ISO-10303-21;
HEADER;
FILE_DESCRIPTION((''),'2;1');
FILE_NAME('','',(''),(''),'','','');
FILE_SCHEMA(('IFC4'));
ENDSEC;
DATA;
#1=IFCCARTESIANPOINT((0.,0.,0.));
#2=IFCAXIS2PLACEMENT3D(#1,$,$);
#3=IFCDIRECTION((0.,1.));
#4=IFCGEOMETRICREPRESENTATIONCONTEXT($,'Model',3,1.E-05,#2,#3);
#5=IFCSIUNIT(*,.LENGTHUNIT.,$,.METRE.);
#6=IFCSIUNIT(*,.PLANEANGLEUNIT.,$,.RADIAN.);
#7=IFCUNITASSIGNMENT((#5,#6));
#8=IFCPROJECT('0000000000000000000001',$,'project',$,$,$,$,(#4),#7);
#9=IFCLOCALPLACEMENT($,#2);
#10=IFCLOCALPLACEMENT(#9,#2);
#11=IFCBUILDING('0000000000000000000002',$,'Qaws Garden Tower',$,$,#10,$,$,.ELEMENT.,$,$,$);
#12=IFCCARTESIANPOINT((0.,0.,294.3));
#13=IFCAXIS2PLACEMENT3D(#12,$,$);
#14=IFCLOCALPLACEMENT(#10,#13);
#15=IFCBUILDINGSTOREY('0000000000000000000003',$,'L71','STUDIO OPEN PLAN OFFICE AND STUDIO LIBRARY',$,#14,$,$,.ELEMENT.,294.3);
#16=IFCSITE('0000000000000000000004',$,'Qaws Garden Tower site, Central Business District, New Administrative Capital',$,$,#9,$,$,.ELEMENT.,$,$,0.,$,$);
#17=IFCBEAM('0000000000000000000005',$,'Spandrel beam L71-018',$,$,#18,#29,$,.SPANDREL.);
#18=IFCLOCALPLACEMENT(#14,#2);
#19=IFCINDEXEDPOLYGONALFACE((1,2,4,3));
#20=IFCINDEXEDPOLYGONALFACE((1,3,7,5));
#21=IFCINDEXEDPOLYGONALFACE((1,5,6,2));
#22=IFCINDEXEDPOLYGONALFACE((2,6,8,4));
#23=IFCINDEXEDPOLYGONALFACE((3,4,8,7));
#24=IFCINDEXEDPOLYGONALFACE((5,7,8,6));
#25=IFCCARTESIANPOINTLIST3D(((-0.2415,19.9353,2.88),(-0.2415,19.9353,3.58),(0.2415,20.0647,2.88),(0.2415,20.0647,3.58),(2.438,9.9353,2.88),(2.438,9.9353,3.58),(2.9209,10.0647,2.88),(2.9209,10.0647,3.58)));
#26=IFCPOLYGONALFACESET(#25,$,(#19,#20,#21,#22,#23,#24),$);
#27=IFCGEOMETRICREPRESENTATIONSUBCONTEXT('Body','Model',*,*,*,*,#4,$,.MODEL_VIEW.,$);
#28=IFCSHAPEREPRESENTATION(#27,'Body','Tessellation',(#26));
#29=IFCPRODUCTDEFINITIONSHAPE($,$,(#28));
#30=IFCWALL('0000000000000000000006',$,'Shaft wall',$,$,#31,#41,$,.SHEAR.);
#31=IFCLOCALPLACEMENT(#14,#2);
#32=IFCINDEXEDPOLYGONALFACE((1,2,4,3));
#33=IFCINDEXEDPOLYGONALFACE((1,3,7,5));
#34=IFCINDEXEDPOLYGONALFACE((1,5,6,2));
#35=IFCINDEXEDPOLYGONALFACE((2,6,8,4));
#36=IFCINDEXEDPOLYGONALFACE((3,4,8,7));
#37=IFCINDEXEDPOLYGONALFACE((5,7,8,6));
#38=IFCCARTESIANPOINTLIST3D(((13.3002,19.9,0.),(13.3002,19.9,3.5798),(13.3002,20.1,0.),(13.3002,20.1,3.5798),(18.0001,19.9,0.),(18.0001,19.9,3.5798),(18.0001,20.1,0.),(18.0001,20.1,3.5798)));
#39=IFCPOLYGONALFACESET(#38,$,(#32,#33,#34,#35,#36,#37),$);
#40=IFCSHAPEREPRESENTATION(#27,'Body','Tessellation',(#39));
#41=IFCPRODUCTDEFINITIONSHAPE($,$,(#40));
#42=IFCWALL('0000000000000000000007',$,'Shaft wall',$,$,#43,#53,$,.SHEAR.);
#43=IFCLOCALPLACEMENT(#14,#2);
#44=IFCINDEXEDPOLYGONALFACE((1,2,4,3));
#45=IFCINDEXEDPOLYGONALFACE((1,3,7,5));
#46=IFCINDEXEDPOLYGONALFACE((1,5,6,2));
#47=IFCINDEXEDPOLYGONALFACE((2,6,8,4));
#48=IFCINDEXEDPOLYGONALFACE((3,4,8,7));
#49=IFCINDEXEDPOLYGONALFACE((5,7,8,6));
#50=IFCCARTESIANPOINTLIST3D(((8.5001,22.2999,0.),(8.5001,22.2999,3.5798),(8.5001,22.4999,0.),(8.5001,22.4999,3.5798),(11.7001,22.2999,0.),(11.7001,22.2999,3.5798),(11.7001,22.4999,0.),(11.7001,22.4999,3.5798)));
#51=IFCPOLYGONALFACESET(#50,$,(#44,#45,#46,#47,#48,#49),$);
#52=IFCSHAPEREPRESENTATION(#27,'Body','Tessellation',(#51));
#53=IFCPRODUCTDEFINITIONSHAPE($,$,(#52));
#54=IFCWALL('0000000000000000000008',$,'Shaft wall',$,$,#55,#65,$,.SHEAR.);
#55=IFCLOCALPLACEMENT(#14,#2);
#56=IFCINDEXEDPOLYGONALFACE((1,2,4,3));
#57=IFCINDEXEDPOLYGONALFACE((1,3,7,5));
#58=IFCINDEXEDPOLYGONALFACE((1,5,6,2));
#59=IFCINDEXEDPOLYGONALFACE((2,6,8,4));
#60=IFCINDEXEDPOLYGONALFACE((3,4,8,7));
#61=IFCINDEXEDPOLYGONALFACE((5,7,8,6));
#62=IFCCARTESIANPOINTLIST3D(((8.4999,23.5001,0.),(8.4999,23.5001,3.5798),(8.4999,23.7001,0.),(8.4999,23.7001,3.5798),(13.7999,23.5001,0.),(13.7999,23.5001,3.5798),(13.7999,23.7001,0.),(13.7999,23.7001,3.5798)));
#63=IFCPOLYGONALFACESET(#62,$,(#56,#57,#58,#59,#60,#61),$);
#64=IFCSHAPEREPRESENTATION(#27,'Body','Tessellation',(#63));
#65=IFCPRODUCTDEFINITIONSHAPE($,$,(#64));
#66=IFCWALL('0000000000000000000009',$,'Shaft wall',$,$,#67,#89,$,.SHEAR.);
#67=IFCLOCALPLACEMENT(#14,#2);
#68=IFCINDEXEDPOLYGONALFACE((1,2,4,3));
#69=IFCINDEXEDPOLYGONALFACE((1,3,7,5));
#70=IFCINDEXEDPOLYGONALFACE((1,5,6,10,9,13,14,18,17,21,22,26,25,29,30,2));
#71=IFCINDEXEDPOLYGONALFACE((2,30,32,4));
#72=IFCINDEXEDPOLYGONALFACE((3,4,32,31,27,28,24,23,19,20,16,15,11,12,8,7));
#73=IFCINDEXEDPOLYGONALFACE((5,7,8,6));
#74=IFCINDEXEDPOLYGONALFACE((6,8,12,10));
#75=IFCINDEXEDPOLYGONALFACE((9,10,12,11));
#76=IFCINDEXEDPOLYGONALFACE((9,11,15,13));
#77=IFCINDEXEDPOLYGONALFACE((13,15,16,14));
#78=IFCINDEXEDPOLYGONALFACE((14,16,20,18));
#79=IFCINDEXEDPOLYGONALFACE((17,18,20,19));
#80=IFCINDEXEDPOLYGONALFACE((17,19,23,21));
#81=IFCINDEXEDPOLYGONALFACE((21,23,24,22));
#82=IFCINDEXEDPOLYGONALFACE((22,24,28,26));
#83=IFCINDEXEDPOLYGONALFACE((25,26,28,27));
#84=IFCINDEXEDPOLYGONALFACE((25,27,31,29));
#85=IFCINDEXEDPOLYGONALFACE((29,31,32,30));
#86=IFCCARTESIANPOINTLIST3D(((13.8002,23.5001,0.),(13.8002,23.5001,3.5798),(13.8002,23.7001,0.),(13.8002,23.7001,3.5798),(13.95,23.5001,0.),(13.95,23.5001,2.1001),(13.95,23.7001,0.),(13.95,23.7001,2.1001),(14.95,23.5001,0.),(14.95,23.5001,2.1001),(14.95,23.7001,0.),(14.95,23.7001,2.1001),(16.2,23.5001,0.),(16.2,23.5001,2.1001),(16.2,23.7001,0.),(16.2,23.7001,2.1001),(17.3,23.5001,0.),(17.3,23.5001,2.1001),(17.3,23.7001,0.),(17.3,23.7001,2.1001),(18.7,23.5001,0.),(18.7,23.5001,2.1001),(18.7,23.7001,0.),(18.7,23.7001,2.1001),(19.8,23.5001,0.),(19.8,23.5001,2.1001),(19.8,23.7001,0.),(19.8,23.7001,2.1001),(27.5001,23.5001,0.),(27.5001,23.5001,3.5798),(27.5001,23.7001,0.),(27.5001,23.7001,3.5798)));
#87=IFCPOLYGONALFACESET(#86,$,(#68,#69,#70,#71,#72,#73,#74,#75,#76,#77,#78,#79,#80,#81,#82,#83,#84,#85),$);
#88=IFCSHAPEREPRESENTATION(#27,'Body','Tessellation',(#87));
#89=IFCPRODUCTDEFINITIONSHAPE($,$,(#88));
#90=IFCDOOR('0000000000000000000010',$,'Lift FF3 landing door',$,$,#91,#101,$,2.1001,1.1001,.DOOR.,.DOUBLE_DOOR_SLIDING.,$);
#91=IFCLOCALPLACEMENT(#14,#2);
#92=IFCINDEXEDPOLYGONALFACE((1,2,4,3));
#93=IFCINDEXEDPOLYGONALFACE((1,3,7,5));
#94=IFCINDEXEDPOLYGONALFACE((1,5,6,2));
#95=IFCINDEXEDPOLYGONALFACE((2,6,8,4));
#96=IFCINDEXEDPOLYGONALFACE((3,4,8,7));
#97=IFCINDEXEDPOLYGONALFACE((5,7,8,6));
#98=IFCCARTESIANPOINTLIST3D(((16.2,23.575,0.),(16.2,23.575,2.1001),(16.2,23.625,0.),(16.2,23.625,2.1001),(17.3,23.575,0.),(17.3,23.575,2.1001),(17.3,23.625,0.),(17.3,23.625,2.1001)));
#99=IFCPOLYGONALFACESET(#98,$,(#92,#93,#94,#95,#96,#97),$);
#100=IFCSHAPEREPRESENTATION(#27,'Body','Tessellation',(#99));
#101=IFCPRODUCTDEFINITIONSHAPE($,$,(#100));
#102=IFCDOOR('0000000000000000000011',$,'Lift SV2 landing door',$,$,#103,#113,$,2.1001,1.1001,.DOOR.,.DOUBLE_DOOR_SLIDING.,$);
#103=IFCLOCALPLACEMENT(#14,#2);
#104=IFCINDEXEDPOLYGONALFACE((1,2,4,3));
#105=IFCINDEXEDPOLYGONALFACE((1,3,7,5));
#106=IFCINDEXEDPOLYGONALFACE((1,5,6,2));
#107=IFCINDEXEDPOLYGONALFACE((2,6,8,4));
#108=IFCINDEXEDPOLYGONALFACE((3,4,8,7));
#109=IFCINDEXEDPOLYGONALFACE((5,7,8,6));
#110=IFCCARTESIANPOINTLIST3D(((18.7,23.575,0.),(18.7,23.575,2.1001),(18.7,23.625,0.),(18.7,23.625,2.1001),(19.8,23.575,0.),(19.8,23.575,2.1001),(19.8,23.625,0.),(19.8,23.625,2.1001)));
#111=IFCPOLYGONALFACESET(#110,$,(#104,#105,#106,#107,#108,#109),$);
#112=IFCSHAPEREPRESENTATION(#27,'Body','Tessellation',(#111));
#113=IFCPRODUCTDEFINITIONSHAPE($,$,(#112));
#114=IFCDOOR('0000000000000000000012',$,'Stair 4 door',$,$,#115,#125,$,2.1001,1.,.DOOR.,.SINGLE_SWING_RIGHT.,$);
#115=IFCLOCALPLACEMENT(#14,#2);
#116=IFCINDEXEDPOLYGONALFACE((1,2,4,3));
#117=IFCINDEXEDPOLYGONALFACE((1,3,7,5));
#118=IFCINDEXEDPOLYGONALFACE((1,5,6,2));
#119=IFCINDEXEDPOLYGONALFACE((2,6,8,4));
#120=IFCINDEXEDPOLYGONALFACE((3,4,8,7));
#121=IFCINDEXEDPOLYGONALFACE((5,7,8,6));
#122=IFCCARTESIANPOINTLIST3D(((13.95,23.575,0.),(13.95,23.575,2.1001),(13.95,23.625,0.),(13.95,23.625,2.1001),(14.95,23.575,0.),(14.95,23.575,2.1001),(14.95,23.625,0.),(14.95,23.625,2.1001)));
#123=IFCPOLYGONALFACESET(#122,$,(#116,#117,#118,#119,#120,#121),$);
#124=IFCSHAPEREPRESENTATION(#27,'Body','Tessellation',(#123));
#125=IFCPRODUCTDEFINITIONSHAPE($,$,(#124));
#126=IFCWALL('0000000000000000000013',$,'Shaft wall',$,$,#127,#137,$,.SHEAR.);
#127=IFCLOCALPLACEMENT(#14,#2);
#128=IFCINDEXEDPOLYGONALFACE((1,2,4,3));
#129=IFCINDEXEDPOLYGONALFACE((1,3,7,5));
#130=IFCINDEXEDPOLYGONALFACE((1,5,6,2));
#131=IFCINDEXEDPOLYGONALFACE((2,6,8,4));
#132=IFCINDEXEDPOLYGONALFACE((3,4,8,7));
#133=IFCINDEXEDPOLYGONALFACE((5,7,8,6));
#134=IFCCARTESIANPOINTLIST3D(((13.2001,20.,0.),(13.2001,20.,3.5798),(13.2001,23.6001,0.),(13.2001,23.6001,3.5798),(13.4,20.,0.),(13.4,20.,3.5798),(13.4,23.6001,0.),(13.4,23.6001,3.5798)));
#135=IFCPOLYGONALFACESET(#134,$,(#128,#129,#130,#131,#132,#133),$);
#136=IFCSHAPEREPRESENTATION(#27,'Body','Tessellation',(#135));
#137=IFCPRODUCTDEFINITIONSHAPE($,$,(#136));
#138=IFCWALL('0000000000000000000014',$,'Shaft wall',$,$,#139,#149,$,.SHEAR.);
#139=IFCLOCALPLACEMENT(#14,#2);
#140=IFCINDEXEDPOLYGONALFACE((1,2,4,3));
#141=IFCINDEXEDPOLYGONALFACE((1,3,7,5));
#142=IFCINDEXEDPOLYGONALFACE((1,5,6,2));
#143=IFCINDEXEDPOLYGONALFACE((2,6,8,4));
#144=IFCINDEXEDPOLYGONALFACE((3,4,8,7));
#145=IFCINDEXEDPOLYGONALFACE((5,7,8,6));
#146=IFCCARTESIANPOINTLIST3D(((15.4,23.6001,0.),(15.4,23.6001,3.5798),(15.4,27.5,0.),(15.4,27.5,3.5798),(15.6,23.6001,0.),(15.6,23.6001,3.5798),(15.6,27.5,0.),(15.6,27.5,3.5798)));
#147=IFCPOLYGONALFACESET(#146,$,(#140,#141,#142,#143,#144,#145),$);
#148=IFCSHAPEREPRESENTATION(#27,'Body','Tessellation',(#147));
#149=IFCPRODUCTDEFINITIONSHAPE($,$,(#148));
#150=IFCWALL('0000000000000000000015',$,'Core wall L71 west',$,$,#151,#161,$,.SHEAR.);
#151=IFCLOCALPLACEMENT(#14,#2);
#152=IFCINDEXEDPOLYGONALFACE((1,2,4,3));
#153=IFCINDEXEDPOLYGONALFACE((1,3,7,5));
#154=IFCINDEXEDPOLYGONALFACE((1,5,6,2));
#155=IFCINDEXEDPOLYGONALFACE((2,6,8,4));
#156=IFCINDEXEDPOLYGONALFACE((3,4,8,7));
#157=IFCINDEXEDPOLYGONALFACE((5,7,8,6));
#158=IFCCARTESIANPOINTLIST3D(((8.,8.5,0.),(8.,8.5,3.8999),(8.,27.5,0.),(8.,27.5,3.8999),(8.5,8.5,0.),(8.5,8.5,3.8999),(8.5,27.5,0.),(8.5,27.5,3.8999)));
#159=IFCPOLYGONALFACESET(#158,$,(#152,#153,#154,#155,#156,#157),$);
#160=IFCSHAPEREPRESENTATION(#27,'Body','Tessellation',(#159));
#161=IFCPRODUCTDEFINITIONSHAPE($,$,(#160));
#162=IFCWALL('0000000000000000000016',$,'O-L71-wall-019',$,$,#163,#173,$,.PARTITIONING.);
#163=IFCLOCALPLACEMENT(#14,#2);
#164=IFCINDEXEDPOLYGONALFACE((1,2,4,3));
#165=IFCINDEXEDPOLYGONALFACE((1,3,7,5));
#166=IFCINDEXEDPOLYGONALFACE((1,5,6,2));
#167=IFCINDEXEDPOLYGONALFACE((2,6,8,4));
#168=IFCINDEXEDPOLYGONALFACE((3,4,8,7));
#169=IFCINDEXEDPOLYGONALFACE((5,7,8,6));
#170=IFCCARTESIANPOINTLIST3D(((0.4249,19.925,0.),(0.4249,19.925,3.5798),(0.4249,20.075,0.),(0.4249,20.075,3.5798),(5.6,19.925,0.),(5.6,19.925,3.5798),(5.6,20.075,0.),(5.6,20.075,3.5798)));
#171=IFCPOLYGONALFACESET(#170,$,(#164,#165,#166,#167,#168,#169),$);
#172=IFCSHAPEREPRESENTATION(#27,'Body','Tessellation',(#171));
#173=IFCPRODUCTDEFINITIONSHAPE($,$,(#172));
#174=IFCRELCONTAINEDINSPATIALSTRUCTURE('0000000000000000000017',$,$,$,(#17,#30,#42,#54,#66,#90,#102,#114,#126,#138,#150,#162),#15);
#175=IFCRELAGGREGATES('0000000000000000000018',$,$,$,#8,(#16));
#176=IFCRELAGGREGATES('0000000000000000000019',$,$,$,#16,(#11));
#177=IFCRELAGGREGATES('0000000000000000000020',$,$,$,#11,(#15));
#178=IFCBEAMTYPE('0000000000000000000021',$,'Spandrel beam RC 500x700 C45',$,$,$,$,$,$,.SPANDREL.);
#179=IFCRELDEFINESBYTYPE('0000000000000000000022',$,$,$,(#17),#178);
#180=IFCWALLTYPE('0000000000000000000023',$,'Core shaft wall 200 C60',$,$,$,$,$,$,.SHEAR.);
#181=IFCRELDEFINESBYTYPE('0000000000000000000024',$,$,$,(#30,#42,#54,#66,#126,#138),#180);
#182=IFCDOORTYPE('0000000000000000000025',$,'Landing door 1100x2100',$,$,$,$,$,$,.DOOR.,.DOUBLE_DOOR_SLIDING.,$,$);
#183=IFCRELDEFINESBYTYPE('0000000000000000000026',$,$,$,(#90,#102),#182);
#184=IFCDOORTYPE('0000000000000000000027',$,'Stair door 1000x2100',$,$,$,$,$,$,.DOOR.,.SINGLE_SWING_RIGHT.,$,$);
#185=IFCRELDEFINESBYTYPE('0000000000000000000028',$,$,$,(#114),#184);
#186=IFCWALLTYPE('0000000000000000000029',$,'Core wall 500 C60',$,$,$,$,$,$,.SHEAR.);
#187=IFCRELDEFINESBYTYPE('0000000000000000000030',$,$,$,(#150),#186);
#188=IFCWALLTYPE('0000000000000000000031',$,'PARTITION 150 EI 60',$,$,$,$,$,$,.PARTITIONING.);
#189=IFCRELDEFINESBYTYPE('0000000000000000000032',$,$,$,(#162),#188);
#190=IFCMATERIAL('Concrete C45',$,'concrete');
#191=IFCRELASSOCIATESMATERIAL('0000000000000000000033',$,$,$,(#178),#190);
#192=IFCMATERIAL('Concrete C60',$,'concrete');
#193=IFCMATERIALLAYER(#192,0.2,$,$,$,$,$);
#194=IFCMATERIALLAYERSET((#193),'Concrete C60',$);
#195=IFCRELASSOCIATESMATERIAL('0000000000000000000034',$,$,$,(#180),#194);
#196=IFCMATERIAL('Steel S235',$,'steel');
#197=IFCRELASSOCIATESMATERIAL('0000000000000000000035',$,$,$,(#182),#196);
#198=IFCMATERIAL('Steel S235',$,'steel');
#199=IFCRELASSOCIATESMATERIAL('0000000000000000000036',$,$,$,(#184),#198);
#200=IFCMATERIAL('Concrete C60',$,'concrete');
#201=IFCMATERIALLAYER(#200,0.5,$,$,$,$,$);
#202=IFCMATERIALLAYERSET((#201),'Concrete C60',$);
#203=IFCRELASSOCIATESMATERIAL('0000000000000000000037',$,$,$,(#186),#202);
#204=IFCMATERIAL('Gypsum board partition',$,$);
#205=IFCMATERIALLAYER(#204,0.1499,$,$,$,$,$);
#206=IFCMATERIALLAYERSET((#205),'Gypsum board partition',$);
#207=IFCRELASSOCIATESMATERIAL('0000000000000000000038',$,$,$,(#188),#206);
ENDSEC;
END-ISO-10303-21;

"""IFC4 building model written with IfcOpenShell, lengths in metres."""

from ifc_helpers import new_model, si_unit, direction, frame, frame_2d, origin, origin_2d, place, context, subcontext, project, spatial, rectangle, extrude, material, layer, layer_set, material_profile, profile_set, type_object, element, fill, save


model = new_model("IFC4")

# Units and contexts
model_context = context("Model", 3, precision=1e-05, world=origin(), true_north=direction((0.0, 1.0)))
body_context = subcontext(model_context, "Body", "Model", "MODEL_VIEW")
ifc_project = project(units=[si_unit("LENGTHUNIT", "METRE"), si_unit("PLANEANGLEUNIT", "RADIAN")], contexts=[model_context])

# Site, building, storey
site_placement = place(None, origin())
site = spatial("IfcSite", under=ifc_project, at=site_placement, Name="Qaws Garden Tower site, Central Business District, New Administrative Capital", CompositionType="ELEMENT", RefElevation=0.0)
building_placement = place(site_placement, origin())
building = spatial("IfcBuilding", under=site, at=building_placement, Name="Qaws Garden Tower", CompositionType="ELEMENT")
storey_placement = place(building_placement, frame((0.0, 0.0, 294.3)))
storey = spatial("IfcBuildingStorey", under=building, at=storey_placement, Name="L71", Description="STUDIO OPEN PLAN OFFICE AND STUDIO LIBRARY", CompositionType="ELEMENT", Elevation=294.3)

# Beam
ifc_material_1 = material(Name="Concrete C45", Category="concrete")
ifc_material_profile = material_profile(ifc_material_1, rectangle(XDim=0.5, YDim=0.7, at=origin_2d()), Name="RC 500x700")
ifc_profile_set = profile_set([ifc_material_profile], Name="Concrete C45")
beam_type = type_object("IfcBeamType", Name="Spandrel beam RC 500x700 C45", PredefinedType="SPANDREL", material=ifc_profile_set)
beam_placement = place(storey_placement, frame((0.0, 20.0, 3.23), z_axis=(0.258815, -0.965927, 0.0), x_axis=(0.965927, 0.258815, 0.0)))
element("IfcBeam", 1, at=beam_placement, inside=storey, type_object=beam_type, Name="Spandrel beam L71-018", PredefinedType="SPANDREL", context=body_context, shape_type="SweptSolid", body=[
    extrude(rectangle(XDim=0.5, YDim=0.7, at=origin_2d()), origin(), (0.0, 0.0, 1.0), 10.3528),
])

# Walls
ifc_material_2 = material(Name="Concrete C60", Category="concrete")
ifc_layer_1 = layer(ifc_material_2, 0.2)
ifc_layer_set_1 = layer_set([ifc_layer_1], Name="Concrete C60")
wall_type_1 = type_object("IfcWallType", Name="Core shaft wall 200 C60", PredefinedType="SHEAR", material=ifc_layer_set_1)
wall_1_placement = place(storey_placement, frame((13.3, 20.0, 0.0), z_axis=(0.0, 0.0, 1.0), x_axis=(1.0, 0.0, 0.0)))
element("IfcWall", 2, at=wall_1_placement, inside=storey, type_object=wall_type_1, Name="Shaft wall", PredefinedType="SHEAR", context=body_context, shape_type="SweptSolid", body=[
    extrude(rectangle(XDim=4.7, YDim=0.2, at=frame_2d((2.3501, 0.0))), origin(), (0.0, 0.0, 1.0), 3.5798),
])
wall_2_placement = place(storey_placement, frame((8.5, 22.3999, 0.0), z_axis=(0.0, 0.0, 1.0), x_axis=(1.0, 0.0, 0.0)))
element("IfcWall", 3, at=wall_2_placement, inside=storey, type_object=wall_type_1, Name="Shaft wall", PredefinedType="SHEAR", context=body_context, shape_type="SweptSolid", body=[
    extrude(rectangle(XDim=3.2, YDim=0.2, at=frame_2d((1.6001, 0.0))), origin(), (0.0, 0.0, 1.0), 3.5798),
])
wall_3_placement = place(storey_placement, frame((8.5, 23.6001, 0.0), z_axis=(0.0, 0.0, 1.0), x_axis=(1.0, 0.0, 0.0)))
element("IfcWall", 4, at=wall_3_placement, inside=storey, type_object=wall_type_1, Name="Shaft wall", PredefinedType="SHEAR", context=body_context, shape_type="SweptSolid", body=[
    extrude(rectangle(XDim=5.3, YDim=0.2, at=frame_2d((2.6499, 0.0))), origin(), (0.0, 0.0, 1.0), 3.5798),
])

# Wall, openings, doors
wall_4_placement = place(storey_placement, frame((13.8, 23.6001, 0.0), z_axis=(0.0, 0.0, 1.0), x_axis=(1.0, 0.0, 0.0)))
wall_4 = element("IfcWall", 5, at=wall_4_placement, inside=storey, type_object=wall_type_1, Name="Shaft wall", PredefinedType="SHEAR", context=body_context, shape_type="SweptSolid", body=[
    extrude(rectangle(XDim=13.7, YDim=0.2, at=frame_2d((6.8501, 0.0))), origin(), (0.0, 0.0, 1.0), 3.5798),
])
opening_1_placement = place(wall_4_placement, frame((2.3999, 0.0, 0.0)))
opening_1 = element("IfcOpeningElement", 6, at=opening_1_placement, cuts=wall_4, PredefinedType="OPENING", context=body_context, shape_type="SweptSolid", body=[
    extrude(rectangle(XDim=1.1001, YDim=2.1001, at=frame_2d((0.55, 1.05))), frame((0.0, 0.1099, 0.0), z_axis=(0.0, -1.0, 0.0), x_axis=(1.0, 0.0, 0.0)), (0.0, 0.0, 1.0), 0.22),
])
opening_2_placement = place(wall_4_placement, frame((4.8999, 0.0, 0.0)))
opening_2 = element("IfcOpeningElement", 7, at=opening_2_placement, cuts=wall_4, PredefinedType="OPENING", context=body_context, shape_type="SweptSolid", body=[
    extrude(rectangle(XDim=1.1001, YDim=2.1001, at=frame_2d((0.55, 1.05))), frame((0.0, 0.1099, 0.0), z_axis=(0.0, -1.0, 0.0), x_axis=(1.0, 0.0, 0.0)), (0.0, 0.0, 1.0), 0.22),
])
opening_3_placement = place(wall_4_placement, frame((0.1499, 0.0, 0.0)))
opening_3 = element("IfcOpeningElement", 8, at=opening_3_placement, cuts=wall_4, PredefinedType="OPENING", context=body_context, shape_type="SweptSolid", body=[
    extrude(rectangle(XDim=1.0, YDim=2.1001, at=frame_2d((0.5, 1.05))), frame((0.0, 0.1099, 0.0), z_axis=(0.0, -1.0, 0.0), x_axis=(1.0, 0.0, 0.0)), (0.0, 0.0, 1.0), 0.22),
])
ifc_material_3 = material(Name="Steel S235", Category="steel")
door_type_1 = type_object("IfcDoorType", Name="Landing door 1100x2100", OperationType="DOUBLE_DOOR_SLIDING", PredefinedType="DOOR", material=ifc_material_3)
door_1_placement = place(opening_1_placement, origin())
door_1 = element("IfcDoor", 9, at=door_1_placement, inside=storey, type_object=door_type_1, Name="Lift FF3 landing door", OperationType="DOUBLE_DOOR_SLIDING", OverallHeight=2.1001, OverallWidth=1.1001, PredefinedType="DOOR", context=body_context, shape_type="SweptSolid", body=[
    extrude(rectangle(XDim=1.1001, YDim=2.1001, at=frame_2d((0.55, 1.05))), frame((0.0, 0.0249, 0.0), z_axis=(0.0, -1.0, 0.0), x_axis=(1.0, 0.0, 0.0)), (0.0, 0.0, 1.0), 0.05),
])
fill(opening_1, door_1)
door_2_placement = place(opening_2_placement, origin())
door_2 = element("IfcDoor", 10, at=door_2_placement, inside=storey, type_object=door_type_1, Name="Lift SV2 landing door", OperationType="DOUBLE_DOOR_SLIDING", OverallHeight=2.1001, OverallWidth=1.1001, PredefinedType="DOOR", context=body_context, shape_type="SweptSolid", body=[
    extrude(rectangle(XDim=1.1001, YDim=2.1001, at=frame_2d((0.55, 1.05))), frame((0.0, 0.0249, 0.0), z_axis=(0.0, -1.0, 0.0), x_axis=(1.0, 0.0, 0.0)), (0.0, 0.0, 1.0), 0.05),
])
fill(opening_2, door_2)
ifc_material_4 = material(Name="Steel S235", Category="steel")
door_type_2 = type_object("IfcDoorType", Name="Stair door 1000x2100", OperationType="SINGLE_SWING_RIGHT", PredefinedType="DOOR", material=ifc_material_4)
door_3_placement = place(opening_3_placement, origin())
door_3 = element("IfcDoor", 11, at=door_3_placement, inside=storey, type_object=door_type_2, Name="Stair 4 door", OperationType="SINGLE_SWING_RIGHT", OverallHeight=2.1001, OverallWidth=1.0, PredefinedType="DOOR", context=body_context, shape_type="SweptSolid", body=[
    extrude(rectangle(XDim=1.0, YDim=2.1001, at=frame_2d((0.5, 1.05))), frame((0.0, 0.0249, 0.0), z_axis=(0.0, -1.0, 0.0), x_axis=(1.0, 0.0, 0.0)), (0.0, 0.0, 1.0), 0.05),
])
fill(opening_3, door_3)

# Walls
wall_5_placement = place(storey_placement, frame((13.3, 20.0, 0.0), z_axis=(0.0, 0.0, 1.0), x_axis=(0.0, 1.0, 0.0)))
element("IfcWall", 12, at=wall_5_placement, inside=storey, type_object=wall_type_1, Name="Shaft wall", PredefinedType="SHEAR", context=body_context, shape_type="SweptSolid", body=[
    extrude(rectangle(XDim=3.6001, YDim=0.2, at=frame_2d((1.8, 0.0))), origin(), (0.0, 0.0, 1.0), 3.5798),
])
wall_6_placement = place(storey_placement, frame((15.5, 23.6001, 0.0), z_axis=(0.0, 0.0, 1.0), x_axis=(0.0, 1.0, 0.0)))
element("IfcWall", 13, at=wall_6_placement, inside=storey, type_object=wall_type_1, Name="Shaft wall", PredefinedType="SHEAR", context=body_context, shape_type="SweptSolid", body=[
    extrude(rectangle(XDim=3.8999, YDim=0.2, at=frame_2d((1.95, 0.0))), origin(), (0.0, 0.0, 1.0), 3.5798),
])
ifc_material_5 = material(Name="Concrete C60", Category="concrete")
ifc_layer_2 = layer(ifc_material_5, 0.5)
ifc_layer_set_2 = layer_set([ifc_layer_2], Name="Concrete C60")
wall_type_2 = type_object("IfcWallType", Name="Core wall 500 C60", PredefinedType="SHEAR", material=ifc_layer_set_2)
wall_7_placement = place(storey_placement, frame((8.25, 27.5, 0.0), z_axis=(0.0, 0.0, 1.0), x_axis=(0.0, -1.0, 0.0)))
element("IfcWall", 14, at=wall_7_placement, inside=storey, type_object=wall_type_2, Name="Core wall L71 west", PredefinedType="SHEAR", context=body_context, shape_type="SweptSolid", body=[
    extrude(rectangle(XDim=19.0, YDim=0.5, at=frame_2d((9.5, 0.0))), origin(), (0.0, 0.0, 1.0), 3.8999),
])
ifc_material_6 = material(Name="Gypsum board partition")
ifc_layer_3 = layer(ifc_material_6, 0.1499)
ifc_layer_set_3 = layer_set([ifc_layer_3], Name="Gypsum board partition")
wall_type_3 = type_object("IfcWallType", Name="PARTITION 150 EI 60", PredefinedType="PARTITIONING", material=ifc_layer_set_3)
wall_8_placement = place(storey_placement, frame((0.425, 20.0, 0.0), z_axis=(0.0, 0.0, 1.0), x_axis=(1.0, 0.0, 0.0)))
element("IfcWall", 15, at=wall_8_placement, inside=storey, type_object=wall_type_3, Name="O-L71-wall-019", PredefinedType="PARTITIONING", context=body_context, shape_type="SweptSolid", body=[
    extrude(rectangle(XDim=5.175, YDim=0.1499, at=frame_2d((2.5874, 0.0))), origin(), (0.0, 0.0, 1.0), 3.5798),
])

save(model, "model.ifc")
